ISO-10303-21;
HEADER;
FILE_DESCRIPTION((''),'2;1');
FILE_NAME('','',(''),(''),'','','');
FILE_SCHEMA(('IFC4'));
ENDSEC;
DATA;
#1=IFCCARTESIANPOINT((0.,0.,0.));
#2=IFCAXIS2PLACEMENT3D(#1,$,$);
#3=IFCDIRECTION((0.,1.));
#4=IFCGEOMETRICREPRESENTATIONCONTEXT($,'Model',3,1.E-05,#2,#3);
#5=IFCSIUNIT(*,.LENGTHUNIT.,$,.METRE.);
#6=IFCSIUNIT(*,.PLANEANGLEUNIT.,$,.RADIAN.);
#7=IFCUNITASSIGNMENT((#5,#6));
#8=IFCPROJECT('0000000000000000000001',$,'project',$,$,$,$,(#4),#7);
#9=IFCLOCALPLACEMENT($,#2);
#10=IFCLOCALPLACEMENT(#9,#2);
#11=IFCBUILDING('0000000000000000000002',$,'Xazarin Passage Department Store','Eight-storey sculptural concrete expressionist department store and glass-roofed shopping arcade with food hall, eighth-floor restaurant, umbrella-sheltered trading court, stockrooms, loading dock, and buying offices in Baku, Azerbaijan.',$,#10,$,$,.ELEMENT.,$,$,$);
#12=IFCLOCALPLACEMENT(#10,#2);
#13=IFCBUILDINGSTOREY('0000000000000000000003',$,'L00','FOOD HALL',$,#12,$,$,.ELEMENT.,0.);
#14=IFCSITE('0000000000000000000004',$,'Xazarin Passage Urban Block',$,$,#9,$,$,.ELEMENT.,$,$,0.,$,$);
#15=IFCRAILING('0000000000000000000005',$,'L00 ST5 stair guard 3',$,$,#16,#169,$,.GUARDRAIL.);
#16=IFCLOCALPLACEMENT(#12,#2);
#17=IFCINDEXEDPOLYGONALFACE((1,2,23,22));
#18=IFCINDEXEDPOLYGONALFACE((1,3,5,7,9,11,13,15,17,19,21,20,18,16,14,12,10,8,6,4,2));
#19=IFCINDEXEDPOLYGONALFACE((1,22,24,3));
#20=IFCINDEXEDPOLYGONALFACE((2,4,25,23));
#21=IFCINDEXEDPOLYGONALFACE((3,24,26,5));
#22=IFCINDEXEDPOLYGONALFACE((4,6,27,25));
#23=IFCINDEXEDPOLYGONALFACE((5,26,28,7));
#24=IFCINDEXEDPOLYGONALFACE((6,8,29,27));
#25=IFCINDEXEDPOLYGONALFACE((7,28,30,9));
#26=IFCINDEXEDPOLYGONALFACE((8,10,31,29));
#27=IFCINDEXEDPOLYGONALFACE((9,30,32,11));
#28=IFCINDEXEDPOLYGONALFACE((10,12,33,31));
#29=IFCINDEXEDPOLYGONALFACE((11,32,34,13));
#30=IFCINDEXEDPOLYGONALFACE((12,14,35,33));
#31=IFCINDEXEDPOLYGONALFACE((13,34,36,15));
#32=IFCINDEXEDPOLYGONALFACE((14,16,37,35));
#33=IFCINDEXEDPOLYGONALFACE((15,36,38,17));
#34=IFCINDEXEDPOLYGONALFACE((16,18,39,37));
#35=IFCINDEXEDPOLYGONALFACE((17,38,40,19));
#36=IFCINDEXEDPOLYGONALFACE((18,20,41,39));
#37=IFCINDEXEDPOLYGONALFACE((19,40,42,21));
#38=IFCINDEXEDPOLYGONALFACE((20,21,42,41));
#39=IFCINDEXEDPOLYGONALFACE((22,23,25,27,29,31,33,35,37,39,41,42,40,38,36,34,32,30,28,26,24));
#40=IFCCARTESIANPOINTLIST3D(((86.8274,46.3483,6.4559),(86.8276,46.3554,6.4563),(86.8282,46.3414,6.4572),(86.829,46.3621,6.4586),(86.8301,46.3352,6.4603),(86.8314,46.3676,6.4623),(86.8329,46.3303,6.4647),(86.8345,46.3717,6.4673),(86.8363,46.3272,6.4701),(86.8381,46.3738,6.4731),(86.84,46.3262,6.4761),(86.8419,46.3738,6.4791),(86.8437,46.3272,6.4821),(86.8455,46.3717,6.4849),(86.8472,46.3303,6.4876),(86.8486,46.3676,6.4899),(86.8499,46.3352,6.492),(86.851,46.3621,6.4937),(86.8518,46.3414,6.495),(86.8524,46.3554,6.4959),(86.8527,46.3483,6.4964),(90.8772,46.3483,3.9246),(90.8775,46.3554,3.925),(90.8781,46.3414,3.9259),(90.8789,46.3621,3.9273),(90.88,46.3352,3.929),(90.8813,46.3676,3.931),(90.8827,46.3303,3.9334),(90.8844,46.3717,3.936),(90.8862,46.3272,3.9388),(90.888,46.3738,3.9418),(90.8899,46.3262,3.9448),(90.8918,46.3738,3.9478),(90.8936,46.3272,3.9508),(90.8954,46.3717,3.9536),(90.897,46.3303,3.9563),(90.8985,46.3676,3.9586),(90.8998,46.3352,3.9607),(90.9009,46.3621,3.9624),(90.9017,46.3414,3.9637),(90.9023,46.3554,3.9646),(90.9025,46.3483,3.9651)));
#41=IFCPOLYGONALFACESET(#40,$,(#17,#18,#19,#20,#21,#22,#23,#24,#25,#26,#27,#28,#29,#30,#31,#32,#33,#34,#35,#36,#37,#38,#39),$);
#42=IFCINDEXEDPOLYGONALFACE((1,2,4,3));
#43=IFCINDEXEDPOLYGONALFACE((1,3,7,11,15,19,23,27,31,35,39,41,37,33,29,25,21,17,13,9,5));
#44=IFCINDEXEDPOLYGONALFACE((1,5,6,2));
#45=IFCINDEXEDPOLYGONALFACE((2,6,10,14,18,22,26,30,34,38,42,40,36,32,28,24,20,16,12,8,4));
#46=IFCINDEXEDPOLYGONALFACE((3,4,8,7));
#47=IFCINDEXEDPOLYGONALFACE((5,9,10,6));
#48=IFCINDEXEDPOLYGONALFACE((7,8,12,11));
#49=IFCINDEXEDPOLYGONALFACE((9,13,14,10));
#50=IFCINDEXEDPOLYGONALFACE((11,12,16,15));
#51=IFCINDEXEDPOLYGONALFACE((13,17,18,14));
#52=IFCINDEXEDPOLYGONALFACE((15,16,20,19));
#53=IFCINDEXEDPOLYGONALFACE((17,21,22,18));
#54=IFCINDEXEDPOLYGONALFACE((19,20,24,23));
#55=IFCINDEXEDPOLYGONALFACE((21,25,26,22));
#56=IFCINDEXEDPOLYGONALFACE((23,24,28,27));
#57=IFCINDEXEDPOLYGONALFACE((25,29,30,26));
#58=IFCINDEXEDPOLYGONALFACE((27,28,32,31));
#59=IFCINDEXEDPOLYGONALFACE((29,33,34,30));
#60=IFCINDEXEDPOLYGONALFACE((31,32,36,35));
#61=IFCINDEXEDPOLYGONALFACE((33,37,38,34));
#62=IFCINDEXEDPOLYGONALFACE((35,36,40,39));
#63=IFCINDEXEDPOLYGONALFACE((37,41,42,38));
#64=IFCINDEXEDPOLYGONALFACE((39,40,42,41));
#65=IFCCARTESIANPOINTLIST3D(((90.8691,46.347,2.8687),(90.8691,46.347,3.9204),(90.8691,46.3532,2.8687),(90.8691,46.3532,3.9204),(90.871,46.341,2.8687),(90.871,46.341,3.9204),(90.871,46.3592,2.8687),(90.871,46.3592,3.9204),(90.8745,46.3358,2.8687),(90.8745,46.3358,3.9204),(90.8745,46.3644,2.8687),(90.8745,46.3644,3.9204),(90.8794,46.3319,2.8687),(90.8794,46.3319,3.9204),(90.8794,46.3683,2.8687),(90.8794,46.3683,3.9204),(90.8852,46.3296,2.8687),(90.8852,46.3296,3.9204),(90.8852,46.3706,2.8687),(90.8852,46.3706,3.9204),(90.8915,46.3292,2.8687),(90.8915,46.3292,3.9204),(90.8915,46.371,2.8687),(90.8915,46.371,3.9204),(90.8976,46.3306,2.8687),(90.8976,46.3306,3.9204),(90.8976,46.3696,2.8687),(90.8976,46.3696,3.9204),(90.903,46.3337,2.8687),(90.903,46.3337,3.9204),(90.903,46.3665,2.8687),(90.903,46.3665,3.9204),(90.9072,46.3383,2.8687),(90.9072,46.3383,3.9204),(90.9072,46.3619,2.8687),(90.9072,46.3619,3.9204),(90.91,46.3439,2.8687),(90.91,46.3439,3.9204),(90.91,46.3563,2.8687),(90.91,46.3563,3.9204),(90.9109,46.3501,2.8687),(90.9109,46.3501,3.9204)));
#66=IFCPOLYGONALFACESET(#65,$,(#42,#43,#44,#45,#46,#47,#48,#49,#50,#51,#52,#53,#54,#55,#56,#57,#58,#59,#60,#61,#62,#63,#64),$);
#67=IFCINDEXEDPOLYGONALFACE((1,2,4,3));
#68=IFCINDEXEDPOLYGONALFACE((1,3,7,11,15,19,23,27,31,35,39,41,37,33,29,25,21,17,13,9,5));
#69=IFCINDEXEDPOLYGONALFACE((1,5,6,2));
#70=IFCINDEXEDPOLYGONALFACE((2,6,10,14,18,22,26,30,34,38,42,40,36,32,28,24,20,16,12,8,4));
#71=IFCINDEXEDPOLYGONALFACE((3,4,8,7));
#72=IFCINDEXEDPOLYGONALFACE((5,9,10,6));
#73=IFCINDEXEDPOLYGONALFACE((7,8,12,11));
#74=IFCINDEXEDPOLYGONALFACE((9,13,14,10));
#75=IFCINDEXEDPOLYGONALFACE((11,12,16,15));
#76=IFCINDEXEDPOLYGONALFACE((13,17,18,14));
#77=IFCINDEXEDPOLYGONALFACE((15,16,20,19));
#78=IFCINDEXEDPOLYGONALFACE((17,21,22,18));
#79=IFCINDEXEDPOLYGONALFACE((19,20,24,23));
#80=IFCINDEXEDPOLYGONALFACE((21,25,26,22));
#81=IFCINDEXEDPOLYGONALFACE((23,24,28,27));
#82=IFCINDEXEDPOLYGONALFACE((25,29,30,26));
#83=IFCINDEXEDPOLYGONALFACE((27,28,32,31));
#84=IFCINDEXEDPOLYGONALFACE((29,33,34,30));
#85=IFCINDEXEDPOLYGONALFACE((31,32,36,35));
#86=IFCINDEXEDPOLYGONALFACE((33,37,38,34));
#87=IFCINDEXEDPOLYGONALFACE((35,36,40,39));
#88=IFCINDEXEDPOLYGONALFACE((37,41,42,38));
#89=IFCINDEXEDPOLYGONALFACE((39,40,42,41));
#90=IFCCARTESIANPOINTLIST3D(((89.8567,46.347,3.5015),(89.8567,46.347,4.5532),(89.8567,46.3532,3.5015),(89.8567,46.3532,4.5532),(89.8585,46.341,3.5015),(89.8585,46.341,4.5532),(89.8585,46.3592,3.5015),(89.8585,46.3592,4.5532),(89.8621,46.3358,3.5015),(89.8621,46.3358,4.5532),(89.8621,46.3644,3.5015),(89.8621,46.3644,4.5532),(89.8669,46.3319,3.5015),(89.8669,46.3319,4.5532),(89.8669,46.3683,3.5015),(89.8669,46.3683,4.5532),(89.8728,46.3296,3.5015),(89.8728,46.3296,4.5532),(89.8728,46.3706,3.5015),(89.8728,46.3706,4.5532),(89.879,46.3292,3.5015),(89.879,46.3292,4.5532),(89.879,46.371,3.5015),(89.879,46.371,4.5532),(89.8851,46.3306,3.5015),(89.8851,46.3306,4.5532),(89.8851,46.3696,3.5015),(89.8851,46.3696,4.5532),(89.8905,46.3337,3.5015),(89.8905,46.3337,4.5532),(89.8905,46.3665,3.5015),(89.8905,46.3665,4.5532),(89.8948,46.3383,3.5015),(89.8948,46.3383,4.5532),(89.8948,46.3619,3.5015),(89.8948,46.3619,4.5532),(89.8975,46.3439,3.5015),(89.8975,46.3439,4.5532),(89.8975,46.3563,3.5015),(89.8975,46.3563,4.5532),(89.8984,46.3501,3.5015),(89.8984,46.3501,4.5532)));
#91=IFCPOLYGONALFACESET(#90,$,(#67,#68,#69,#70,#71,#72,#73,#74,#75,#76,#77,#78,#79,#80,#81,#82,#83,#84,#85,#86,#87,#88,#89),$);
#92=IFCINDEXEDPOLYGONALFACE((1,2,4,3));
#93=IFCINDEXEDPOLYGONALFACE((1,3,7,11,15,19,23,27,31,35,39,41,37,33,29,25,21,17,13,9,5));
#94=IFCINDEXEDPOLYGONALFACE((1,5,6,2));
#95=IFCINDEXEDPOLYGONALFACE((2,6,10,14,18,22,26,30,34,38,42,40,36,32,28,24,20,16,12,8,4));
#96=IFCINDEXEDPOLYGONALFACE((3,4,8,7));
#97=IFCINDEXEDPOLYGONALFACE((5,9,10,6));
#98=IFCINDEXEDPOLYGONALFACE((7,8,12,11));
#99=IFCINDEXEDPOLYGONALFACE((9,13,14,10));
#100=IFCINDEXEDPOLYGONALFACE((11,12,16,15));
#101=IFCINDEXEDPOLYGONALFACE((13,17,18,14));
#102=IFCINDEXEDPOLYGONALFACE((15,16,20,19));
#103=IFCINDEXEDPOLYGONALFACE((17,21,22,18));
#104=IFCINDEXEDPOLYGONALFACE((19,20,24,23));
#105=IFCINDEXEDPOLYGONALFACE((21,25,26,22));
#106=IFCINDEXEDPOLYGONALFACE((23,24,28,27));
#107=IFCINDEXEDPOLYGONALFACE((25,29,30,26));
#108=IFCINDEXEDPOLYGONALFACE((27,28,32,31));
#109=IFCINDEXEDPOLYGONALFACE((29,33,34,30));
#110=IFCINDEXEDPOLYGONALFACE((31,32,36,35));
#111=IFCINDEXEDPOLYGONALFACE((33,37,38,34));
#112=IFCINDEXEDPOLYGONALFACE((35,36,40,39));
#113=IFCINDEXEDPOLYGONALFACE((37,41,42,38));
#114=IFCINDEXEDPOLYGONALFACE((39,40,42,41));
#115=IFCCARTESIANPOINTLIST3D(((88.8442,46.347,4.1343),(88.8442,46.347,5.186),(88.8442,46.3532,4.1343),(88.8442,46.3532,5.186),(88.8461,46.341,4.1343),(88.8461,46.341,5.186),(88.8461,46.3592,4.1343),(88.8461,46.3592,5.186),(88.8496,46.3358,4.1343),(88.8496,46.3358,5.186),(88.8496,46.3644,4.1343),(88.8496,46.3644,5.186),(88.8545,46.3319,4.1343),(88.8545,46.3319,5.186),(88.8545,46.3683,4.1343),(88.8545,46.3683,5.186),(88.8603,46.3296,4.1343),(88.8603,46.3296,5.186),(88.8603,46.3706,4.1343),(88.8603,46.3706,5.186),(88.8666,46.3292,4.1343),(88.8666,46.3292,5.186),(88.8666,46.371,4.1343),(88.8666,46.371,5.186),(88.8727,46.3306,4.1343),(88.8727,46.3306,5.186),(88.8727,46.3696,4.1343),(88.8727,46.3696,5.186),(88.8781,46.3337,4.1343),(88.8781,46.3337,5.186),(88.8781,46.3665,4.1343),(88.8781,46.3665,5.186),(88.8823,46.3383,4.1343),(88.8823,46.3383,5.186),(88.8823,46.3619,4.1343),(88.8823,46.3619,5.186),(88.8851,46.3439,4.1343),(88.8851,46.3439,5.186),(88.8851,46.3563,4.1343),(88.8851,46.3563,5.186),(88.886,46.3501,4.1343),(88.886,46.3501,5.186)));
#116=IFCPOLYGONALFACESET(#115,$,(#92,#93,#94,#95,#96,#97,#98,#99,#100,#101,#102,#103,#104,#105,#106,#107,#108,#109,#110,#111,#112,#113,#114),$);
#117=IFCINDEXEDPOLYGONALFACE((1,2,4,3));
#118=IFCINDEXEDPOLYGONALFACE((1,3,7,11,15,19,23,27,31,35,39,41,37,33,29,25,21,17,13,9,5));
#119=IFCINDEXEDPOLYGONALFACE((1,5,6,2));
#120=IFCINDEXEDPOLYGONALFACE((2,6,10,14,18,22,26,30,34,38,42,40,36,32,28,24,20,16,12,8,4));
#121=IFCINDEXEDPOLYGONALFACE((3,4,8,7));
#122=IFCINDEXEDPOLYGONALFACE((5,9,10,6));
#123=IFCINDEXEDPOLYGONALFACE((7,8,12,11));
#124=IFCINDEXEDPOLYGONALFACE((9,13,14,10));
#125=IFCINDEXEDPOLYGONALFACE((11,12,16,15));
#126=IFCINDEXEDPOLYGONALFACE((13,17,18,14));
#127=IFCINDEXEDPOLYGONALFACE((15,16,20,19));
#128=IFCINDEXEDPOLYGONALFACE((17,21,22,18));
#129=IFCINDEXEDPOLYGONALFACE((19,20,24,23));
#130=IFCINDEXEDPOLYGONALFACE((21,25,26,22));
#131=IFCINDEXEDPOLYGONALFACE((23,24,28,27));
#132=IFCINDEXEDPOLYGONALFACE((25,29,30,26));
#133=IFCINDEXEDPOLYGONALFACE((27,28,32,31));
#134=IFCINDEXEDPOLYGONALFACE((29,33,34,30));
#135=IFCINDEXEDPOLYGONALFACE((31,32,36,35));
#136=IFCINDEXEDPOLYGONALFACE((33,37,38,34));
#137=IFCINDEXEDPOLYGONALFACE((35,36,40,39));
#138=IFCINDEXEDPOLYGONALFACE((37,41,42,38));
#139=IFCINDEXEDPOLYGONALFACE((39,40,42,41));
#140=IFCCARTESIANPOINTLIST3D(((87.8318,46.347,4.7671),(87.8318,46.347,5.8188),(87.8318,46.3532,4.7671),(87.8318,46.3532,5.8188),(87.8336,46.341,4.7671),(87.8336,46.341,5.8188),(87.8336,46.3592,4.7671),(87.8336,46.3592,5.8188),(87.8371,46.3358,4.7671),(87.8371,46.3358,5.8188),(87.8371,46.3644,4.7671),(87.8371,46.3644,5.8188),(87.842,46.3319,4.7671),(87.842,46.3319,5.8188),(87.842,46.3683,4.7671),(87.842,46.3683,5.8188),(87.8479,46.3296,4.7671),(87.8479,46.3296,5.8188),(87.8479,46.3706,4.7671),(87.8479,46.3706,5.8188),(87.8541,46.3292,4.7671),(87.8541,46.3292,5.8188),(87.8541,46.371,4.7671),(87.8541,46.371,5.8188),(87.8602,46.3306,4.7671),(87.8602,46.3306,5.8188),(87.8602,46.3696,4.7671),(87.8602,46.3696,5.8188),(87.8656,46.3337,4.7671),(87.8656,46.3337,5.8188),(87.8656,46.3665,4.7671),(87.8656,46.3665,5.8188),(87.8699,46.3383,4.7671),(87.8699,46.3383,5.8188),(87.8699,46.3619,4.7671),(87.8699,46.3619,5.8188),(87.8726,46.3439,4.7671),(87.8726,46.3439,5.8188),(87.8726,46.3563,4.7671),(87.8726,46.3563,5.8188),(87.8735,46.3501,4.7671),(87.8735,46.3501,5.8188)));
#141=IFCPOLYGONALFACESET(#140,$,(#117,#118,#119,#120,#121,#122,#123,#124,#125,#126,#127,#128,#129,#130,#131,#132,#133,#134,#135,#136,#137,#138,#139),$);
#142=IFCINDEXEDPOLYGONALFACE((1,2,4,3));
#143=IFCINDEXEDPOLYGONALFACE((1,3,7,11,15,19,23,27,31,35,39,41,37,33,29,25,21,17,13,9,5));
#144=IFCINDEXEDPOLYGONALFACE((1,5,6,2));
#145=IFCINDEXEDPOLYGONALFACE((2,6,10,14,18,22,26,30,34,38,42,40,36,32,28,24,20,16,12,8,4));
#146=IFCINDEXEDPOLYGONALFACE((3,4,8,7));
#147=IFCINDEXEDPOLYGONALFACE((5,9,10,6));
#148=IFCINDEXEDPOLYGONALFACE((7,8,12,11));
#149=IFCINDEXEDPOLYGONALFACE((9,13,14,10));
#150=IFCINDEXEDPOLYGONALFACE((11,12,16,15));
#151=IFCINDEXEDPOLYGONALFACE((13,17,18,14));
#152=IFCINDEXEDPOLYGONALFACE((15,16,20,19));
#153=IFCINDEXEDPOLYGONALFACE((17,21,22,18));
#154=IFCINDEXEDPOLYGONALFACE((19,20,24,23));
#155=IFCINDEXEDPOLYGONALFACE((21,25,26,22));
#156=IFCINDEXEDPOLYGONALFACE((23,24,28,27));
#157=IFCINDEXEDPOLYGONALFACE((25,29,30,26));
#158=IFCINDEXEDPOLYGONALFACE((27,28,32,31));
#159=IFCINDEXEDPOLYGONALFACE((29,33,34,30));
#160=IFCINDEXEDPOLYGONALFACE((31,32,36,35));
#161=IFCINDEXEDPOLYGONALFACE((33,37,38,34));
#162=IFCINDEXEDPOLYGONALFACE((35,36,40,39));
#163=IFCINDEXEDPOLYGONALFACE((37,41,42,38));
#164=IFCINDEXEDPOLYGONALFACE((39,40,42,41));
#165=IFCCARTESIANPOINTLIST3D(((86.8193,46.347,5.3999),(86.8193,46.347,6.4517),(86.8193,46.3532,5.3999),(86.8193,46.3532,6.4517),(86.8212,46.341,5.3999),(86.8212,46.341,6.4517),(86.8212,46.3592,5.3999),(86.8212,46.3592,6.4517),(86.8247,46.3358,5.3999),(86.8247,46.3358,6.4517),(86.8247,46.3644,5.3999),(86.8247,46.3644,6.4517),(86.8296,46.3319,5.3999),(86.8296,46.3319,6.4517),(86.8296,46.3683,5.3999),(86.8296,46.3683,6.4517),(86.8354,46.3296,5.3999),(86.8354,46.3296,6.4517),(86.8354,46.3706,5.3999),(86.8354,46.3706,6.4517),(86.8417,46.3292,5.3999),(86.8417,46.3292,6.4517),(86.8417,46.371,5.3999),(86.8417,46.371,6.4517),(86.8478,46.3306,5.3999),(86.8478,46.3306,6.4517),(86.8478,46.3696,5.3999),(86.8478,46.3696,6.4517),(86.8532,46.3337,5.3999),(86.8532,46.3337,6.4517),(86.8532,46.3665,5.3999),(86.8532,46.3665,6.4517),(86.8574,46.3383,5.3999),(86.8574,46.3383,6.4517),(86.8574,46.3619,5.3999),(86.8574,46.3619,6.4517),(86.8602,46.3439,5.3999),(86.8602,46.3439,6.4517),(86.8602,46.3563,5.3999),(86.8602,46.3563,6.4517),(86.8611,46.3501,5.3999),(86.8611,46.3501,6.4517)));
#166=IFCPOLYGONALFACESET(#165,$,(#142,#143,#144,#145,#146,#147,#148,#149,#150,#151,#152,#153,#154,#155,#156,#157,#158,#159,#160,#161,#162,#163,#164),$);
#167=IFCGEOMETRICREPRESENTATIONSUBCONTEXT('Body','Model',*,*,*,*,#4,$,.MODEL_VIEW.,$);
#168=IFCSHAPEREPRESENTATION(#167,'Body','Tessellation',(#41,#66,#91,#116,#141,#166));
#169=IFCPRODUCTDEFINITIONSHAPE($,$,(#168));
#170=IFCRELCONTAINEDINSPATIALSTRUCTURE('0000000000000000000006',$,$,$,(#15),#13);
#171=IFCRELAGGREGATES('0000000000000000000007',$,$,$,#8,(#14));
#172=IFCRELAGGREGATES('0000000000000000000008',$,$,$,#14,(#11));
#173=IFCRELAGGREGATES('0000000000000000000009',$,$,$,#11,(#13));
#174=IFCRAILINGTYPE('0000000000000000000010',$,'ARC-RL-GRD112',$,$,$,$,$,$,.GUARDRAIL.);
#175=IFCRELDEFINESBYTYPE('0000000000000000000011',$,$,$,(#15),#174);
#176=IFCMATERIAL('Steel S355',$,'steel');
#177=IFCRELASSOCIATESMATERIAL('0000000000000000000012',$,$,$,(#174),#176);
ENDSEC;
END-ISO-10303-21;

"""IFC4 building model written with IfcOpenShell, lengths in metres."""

from ifc_helpers import new_model, si_unit, direction, frame, origin, origin_2d, place, context, subcontext, project, spatial, circle, extrude, material, type_object, element, save


model = new_model("IFC4")

# Units and contexts
model_context = context("Model", 3, precision=1e-05, world=origin(), true_north=direction((0.0, 1.0)))
body_context = subcontext(model_context, "Body", "Model", "MODEL_VIEW")
ifc_project = project(units=[si_unit("LENGTHUNIT", "METRE"), si_unit("PLANEANGLEUNIT", "RADIAN")], contexts=[model_context])

# Site, building, storey
site_placement = place(None, origin())
site = spatial("IfcSite", under=ifc_project, at=site_placement, Name="Xazarin Passage Urban Block", CompositionType="ELEMENT", RefElevation=0.0)
building_placement = place(site_placement, origin())
building = spatial("IfcBuilding", under=site, at=building_placement, Name="Xazarin Passage Department Store", Description="Eight-storey sculptural concrete expressionist department store and glass-roofed shopping arcade with food hall, eighth-floor restaurant, umbrella-sheltered trading court, stockrooms, loading dock, and buying offices in Baku, Azerbaijan.", CompositionType="ELEMENT")
storey_placement = place(building_placement, origin())
storey = spatial("IfcBuildingStorey", under=building, at=storey_placement, Name="L00", Description="FOOD HALL", CompositionType="ELEMENT", Elevation=0.0)

# Railing
ifc_material_1 = material(Name="Steel S355", Category="steel")
railing_type_1 = type_object("IfcRailingType", Name="ARC-RL-GRD112", PredefinedType="GUARDRAIL", material=ifc_material_1)
railing_1_placement = place(storey_placement, frame((90.8899, 46.3501, 2.8687)))
element("IfcRailing", 1, at=railing_1_placement, inside=storey, type_object=railing_type_1, Name="L00 ST5 stair guard 3", PredefinedType="GUARDRAIL", context=body_context, shape_type="SweptSolid", body=[
    extrude(circle(Radius=0.0239, at=origin_2d()), frame((0.0, 0.0, 1.0762), z_axis=(-0.847987, 0.0, 0.530017), x_axis=(0.0, -1.0, 0.0)), (0.0, 0.0, 1.0), 4.7759),
    extrude(circle(Radius=0.021, at=origin_2d()), origin(), (0.0, 0.0, 1.0), 1.0518),
    extrude(circle(Radius=0.021, at=origin_2d()), frame((-1.0125, 0.0, 0.6328)), (0.0, 0.0, 1.0), 1.0518),
    extrude(circle(Radius=0.021, at=origin_2d()), frame((-2.0249, 0.0, 1.2656)), (0.0, 0.0, 1.0), 1.0518),
    extrude(circle(Radius=0.021, at=origin_2d()), frame((-3.0374, 0.0, 1.8984)), (0.0, 0.0, 1.0), 1.0518),
    extrude(circle(Radius=0.021, at=origin_2d()), frame((-4.0498, 0.0, 2.5312)), (0.0, 0.0, 1.0), 1.0518),
])

save(model, "model.ifc")
